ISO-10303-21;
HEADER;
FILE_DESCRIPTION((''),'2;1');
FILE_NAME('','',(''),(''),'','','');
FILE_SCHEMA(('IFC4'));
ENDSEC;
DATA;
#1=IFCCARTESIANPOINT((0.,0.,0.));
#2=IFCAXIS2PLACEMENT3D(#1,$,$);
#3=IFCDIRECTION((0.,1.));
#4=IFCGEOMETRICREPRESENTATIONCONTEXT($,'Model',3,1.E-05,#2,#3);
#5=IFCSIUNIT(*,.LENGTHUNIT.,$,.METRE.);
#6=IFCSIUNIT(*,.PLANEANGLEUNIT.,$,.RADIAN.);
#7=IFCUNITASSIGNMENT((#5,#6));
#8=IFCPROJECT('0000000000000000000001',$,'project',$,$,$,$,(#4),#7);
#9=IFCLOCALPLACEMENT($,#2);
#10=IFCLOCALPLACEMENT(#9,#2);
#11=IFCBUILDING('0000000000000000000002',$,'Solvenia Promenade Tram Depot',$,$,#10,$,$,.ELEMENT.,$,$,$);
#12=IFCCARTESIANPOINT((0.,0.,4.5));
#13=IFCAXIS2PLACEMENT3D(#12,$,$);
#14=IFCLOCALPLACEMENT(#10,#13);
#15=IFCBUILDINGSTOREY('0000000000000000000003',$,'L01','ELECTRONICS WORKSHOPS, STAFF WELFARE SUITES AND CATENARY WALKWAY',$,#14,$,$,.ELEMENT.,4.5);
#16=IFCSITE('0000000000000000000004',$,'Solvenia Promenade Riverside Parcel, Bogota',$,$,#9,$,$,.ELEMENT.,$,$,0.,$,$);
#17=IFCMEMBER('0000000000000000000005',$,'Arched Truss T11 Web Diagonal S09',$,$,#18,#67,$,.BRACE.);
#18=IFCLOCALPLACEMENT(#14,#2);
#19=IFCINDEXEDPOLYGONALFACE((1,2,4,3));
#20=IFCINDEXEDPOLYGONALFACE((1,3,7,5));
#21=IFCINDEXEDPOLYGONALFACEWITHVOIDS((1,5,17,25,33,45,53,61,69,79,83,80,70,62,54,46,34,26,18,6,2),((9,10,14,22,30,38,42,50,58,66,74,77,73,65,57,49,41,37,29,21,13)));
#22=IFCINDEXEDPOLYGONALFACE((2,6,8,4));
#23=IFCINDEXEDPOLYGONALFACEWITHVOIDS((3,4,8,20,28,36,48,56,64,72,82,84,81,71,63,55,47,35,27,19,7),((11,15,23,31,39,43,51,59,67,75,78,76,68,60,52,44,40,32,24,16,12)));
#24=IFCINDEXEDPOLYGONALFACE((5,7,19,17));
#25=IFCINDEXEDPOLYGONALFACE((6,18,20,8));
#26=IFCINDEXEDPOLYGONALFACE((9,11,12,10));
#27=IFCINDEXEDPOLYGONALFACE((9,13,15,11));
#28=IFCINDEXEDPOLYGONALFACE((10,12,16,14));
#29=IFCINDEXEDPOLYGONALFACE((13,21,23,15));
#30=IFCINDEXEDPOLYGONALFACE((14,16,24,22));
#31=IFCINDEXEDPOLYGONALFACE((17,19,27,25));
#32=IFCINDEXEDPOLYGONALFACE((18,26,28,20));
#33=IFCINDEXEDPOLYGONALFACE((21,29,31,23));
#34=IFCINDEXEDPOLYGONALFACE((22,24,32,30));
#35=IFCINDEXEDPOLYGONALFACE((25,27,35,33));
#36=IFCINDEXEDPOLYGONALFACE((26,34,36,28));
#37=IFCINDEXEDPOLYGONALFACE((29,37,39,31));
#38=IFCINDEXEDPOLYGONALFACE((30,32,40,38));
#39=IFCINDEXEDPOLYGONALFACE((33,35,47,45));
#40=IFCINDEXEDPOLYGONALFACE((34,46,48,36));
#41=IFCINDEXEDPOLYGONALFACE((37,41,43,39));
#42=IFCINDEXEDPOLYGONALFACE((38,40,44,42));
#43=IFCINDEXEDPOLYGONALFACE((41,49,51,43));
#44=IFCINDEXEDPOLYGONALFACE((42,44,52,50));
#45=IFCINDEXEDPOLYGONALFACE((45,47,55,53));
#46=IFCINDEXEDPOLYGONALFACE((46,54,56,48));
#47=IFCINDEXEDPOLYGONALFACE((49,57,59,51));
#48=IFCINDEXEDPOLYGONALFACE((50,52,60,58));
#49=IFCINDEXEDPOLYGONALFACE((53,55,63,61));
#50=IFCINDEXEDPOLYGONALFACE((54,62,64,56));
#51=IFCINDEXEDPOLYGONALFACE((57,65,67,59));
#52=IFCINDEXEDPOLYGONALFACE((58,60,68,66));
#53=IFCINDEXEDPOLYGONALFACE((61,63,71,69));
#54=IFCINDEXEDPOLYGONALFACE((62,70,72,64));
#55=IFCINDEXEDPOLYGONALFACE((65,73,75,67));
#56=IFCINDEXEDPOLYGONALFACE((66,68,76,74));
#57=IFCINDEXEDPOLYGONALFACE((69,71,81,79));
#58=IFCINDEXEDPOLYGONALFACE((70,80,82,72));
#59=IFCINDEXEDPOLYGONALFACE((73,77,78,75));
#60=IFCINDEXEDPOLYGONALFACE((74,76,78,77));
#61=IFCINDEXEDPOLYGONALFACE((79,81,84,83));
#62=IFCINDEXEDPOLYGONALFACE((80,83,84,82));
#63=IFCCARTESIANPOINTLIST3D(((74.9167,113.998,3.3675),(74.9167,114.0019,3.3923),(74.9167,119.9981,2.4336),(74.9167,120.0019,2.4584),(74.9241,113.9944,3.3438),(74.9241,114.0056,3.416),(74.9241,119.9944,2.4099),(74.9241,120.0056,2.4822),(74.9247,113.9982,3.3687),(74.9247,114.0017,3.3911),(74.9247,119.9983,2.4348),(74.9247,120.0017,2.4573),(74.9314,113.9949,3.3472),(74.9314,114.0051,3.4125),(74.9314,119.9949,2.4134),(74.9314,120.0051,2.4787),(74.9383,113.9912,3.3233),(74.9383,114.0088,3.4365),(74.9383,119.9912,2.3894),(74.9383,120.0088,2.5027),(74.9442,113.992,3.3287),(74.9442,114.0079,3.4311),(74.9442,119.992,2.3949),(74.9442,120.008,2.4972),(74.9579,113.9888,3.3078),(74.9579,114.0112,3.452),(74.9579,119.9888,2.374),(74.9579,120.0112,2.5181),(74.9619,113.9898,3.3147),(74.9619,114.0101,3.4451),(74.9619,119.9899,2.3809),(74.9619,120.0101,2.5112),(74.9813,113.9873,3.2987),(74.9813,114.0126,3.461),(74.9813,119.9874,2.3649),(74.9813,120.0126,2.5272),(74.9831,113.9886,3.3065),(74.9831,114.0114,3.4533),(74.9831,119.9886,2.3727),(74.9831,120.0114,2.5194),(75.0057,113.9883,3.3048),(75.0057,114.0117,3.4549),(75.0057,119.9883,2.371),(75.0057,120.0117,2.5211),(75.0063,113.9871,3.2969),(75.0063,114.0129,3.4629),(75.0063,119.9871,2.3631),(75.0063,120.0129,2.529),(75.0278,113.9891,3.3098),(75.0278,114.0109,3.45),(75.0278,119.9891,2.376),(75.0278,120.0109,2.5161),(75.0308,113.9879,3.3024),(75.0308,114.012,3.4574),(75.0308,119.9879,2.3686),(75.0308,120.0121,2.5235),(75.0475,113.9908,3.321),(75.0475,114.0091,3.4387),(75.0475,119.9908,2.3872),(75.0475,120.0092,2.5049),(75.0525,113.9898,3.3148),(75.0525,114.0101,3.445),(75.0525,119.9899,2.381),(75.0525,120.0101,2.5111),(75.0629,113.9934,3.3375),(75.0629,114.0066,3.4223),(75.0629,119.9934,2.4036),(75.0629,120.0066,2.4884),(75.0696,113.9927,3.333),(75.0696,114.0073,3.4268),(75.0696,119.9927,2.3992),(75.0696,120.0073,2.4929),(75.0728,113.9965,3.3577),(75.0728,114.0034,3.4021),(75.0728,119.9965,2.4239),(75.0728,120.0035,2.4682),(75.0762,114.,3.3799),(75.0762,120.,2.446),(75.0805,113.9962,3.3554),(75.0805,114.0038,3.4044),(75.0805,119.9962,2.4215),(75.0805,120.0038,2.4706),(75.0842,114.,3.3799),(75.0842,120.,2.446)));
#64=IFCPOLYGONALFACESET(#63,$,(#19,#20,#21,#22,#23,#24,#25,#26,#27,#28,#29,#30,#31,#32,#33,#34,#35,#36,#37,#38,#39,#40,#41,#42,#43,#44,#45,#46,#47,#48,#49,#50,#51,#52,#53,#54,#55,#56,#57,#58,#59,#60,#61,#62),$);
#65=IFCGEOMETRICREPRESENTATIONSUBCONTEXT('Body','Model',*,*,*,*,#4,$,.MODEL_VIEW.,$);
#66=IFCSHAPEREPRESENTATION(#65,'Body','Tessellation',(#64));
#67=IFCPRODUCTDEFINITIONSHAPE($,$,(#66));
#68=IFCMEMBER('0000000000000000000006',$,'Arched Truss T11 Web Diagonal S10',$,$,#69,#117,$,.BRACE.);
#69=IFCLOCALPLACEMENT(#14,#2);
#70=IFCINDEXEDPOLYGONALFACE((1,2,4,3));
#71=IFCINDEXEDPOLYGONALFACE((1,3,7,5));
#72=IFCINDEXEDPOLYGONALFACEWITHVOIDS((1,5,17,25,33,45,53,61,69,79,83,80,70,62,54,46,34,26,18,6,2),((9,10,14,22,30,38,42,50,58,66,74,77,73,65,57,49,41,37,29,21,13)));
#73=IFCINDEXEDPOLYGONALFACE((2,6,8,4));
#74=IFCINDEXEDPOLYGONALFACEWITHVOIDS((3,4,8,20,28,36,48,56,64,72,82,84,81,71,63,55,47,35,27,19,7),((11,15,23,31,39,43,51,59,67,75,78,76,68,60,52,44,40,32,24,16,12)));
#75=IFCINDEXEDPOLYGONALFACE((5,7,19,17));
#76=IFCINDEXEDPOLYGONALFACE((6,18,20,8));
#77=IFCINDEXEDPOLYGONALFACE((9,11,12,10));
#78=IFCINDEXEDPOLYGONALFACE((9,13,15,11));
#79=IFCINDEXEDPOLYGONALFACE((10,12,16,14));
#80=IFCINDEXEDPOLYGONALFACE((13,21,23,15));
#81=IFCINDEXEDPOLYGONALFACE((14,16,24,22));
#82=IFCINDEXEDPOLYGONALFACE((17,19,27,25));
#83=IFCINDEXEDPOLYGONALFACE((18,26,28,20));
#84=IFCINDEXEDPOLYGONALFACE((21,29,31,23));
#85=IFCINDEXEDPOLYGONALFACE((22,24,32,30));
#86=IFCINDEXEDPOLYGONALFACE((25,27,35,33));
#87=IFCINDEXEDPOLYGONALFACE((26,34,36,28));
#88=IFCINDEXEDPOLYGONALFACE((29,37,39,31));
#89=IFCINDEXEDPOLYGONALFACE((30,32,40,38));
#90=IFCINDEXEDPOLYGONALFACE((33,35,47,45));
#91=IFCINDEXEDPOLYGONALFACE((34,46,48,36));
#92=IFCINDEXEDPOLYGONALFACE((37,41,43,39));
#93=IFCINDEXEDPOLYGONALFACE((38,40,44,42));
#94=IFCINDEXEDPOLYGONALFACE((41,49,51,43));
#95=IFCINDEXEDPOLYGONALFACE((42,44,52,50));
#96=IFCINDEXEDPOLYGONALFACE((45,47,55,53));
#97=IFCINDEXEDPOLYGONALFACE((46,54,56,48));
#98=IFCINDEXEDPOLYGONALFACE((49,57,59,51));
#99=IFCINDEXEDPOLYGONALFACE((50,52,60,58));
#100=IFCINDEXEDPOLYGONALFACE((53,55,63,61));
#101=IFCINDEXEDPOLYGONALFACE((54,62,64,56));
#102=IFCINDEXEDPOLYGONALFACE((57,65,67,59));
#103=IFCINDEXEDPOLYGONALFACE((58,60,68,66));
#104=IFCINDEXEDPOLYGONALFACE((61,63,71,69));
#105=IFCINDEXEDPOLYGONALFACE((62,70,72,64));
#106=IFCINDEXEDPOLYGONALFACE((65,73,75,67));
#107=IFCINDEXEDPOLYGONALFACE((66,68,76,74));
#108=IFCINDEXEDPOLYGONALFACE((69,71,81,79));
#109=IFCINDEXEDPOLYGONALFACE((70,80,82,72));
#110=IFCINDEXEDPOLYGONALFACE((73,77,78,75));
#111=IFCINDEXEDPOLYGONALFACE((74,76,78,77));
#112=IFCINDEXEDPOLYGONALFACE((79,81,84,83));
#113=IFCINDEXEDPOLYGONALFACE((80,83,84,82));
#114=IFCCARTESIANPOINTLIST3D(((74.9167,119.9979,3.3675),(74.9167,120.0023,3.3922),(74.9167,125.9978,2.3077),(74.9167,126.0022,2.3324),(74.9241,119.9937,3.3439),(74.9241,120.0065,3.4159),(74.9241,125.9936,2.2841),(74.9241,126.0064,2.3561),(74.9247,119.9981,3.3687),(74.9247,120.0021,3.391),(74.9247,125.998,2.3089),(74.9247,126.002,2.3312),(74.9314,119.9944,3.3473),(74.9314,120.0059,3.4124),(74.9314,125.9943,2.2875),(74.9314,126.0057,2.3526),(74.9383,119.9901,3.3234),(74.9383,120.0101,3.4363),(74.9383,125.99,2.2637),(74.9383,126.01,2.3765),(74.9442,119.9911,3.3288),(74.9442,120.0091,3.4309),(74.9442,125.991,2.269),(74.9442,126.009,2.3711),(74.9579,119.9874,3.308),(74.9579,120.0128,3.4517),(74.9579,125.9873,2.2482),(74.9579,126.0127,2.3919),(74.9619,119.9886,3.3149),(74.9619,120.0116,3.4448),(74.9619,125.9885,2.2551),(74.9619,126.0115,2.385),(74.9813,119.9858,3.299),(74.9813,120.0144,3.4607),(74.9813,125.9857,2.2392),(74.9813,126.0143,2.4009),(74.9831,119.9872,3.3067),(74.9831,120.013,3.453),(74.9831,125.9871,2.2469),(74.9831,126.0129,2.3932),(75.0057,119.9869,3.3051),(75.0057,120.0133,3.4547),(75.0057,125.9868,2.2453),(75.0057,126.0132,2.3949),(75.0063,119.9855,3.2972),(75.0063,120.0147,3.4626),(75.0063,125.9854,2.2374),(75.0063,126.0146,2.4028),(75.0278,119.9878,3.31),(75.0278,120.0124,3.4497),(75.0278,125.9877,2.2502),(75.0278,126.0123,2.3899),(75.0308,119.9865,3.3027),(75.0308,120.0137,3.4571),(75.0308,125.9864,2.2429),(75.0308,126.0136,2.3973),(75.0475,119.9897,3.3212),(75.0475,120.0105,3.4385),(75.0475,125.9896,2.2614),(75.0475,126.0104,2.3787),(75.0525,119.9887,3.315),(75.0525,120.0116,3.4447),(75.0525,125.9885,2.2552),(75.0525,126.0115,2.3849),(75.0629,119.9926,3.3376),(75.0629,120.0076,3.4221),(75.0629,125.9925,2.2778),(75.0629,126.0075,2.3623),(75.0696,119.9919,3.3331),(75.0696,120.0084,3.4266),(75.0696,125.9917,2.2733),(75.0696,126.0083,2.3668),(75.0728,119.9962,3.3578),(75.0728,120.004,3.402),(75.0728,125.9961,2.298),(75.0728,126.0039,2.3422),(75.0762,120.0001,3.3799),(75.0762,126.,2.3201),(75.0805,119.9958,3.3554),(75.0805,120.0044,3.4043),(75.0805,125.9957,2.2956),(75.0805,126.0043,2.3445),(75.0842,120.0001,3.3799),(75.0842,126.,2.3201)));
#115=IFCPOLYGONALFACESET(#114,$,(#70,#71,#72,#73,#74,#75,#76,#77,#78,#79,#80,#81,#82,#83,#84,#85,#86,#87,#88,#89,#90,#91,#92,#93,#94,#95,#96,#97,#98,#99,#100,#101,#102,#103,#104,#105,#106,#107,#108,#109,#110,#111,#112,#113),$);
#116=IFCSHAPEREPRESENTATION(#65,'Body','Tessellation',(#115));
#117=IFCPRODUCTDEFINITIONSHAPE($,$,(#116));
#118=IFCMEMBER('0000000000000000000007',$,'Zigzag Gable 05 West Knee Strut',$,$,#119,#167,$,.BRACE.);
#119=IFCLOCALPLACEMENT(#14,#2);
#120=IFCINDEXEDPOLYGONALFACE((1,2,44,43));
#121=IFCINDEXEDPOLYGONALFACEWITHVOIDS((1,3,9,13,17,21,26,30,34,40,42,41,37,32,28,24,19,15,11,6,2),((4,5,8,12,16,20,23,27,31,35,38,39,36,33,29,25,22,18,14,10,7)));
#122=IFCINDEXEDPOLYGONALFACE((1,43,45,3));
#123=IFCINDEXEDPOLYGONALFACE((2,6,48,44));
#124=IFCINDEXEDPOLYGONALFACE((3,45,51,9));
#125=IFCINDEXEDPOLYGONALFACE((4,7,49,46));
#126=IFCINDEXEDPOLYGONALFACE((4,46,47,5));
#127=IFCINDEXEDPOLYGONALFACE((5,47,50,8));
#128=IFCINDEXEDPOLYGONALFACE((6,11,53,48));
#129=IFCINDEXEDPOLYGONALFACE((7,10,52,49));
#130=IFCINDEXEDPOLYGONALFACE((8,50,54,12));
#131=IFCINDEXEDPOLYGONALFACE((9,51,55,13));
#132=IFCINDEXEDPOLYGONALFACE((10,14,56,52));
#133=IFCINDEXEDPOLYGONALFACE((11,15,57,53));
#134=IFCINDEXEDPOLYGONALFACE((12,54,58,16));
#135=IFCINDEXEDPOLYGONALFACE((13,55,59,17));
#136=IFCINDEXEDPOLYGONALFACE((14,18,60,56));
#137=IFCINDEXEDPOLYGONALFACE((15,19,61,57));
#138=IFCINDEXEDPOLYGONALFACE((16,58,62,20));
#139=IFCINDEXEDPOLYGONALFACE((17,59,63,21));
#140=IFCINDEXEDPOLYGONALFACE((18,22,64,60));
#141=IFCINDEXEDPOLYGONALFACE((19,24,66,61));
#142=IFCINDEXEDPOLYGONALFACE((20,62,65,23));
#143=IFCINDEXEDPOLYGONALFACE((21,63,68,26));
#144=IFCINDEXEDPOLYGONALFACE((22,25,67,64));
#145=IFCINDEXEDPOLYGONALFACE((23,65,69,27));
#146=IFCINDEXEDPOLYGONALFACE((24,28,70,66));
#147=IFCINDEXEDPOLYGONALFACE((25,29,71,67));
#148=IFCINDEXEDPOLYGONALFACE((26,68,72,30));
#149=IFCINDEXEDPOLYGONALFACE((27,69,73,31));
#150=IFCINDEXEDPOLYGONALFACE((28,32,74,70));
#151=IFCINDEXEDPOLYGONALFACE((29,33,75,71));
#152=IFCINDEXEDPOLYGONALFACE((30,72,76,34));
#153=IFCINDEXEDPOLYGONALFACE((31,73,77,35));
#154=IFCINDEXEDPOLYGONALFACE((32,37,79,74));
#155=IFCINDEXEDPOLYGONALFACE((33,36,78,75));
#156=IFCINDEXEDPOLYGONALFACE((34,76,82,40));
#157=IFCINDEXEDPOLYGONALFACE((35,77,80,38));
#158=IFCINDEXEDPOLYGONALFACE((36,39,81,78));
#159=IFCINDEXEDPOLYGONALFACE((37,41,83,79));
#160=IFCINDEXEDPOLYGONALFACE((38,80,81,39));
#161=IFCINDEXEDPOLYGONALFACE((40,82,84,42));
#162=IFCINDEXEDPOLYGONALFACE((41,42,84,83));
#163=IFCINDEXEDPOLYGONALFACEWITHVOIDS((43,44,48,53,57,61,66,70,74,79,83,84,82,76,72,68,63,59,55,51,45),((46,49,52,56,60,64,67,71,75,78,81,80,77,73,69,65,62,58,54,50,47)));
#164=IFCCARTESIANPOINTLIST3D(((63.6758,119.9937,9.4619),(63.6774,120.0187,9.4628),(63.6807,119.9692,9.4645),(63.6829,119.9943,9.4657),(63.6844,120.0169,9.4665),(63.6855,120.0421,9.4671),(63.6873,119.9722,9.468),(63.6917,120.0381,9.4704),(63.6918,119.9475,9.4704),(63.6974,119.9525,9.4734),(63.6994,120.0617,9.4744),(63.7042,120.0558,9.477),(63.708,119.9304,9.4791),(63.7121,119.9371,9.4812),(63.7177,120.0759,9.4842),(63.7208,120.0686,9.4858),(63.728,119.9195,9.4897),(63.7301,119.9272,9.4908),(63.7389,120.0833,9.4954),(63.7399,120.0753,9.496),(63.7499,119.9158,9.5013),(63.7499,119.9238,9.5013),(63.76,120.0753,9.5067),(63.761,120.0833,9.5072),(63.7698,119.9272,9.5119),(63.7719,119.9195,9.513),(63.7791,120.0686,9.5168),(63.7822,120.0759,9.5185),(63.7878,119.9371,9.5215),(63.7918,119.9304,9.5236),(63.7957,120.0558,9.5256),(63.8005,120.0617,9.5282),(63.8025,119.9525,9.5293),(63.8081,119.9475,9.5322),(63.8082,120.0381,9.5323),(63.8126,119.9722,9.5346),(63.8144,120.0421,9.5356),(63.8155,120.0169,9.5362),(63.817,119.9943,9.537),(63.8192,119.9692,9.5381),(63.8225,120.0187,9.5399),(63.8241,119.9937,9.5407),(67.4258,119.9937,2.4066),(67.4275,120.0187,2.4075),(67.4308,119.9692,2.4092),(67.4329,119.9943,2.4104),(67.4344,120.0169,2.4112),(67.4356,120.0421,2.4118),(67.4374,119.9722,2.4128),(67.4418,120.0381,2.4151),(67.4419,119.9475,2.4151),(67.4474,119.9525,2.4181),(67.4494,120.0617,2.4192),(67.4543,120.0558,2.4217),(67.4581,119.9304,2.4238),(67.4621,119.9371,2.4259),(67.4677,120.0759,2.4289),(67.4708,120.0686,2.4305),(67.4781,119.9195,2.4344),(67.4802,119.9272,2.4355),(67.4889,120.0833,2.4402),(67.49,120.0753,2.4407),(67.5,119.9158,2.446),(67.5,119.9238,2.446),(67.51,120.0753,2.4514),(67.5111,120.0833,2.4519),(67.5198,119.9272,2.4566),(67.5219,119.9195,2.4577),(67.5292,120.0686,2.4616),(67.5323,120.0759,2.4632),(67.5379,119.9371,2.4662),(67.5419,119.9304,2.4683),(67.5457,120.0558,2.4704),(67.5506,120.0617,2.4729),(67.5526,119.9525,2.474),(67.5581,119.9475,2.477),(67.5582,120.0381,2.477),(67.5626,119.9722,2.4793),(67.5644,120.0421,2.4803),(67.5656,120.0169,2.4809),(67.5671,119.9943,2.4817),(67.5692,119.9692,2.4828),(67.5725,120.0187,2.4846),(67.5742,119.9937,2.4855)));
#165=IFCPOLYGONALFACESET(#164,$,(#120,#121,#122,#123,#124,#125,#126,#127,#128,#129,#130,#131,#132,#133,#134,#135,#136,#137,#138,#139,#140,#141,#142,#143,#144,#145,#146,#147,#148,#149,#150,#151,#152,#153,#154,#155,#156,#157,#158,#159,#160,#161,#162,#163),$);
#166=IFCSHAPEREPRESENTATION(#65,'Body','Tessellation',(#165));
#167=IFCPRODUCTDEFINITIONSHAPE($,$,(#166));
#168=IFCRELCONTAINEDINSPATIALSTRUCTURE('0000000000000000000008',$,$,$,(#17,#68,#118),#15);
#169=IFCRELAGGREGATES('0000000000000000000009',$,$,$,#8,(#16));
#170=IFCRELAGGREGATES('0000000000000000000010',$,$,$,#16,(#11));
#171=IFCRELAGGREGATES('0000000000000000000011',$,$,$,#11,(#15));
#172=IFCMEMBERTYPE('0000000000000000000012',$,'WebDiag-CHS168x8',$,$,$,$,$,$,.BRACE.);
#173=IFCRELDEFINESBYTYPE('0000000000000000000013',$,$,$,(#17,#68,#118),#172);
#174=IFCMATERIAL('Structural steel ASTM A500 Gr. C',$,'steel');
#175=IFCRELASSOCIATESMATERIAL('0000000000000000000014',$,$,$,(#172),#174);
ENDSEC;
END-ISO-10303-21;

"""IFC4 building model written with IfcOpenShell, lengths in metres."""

from ifc_helpers import new_model, si_unit, direction, frame, origin, origin_2d, place, context, subcontext, project, spatial, hollow_circle, extrude, material, material_profile, profile_set, type_object, element, save


model = new_model("IFC4")

# Units and contexts
model_context = context("Model", 3, precision=1e-05, world=origin(), true_north=direction((0.0, 1.0)))
body_context = subcontext(model_context, "Body", "Model", "MODEL_VIEW")
ifc_project = project(units=[si_unit("LENGTHUNIT", "METRE"), si_unit("PLANEANGLEUNIT", "RADIAN")], contexts=[model_context])

# Site, building, storey
site_placement = place(None, origin())
site = spatial("IfcSite", under=ifc_project, at=site_placement, Name="Solvenia Promenade Riverside Parcel, Bogota", CompositionType="ELEMENT", RefElevation=0.0)
building_placement = place(site_placement, origin())
building = spatial("IfcBuilding", under=site, at=building_placement, Name="Solvenia Promenade Tram Depot", CompositionType="ELEMENT")
storey_placement = place(building_placement, frame((0.0, 0.0, 4.5)))
storey = spatial("IfcBuildingStorey", under=building, at=storey_placement, Name="L01", Description="ELECTRONICS WORKSHOPS, STAFF WELFARE SUITES AND CATENARY WALKWAY", CompositionType="ELEMENT", Elevation=4.5)

# Shared definitions
ifc_material_1 = material(Name="Structural steel ASTM A500 Gr. C", Category="steel")

# Members
ifc_material_profile_1 = material_profile(ifc_material_1, hollow_circle(Radius=0.0842, WallThickness=0.0081, at=origin_2d()), Name="CHS168.3x8", Category="steel")
ifc_profile_set_1 = profile_set([ifc_material_profile_1], Name="Structural steel ASTM A500 Gr. C")
member_type_1 = type_object("IfcMemberType", Name="WebDiag-CHS168x8", PredefinedType="BRACE", material=ifc_profile_set_1)
member_1_placement = place(storey_placement, frame((75.0, 120.0, 2.446), z_axis=(0.0, -0.988104, 0.153788), x_axis=(1.0, 0.0, 0.0)))
element("IfcMember", 1, at=member_1_placement, inside=storey, type_object=member_type_1, Name="Arched Truss T11 Web Diagonal S09", PredefinedType="BRACE", context=body_context, shape_type="SweptSolid", body=[
    extrude(hollow_circle(Radius=0.0842, WallThickness=0.0081, at=origin_2d()), origin(), (0.0, 0.0, 1.0), 6.0723),
])
member_2_placement = place(storey_placement, frame((75.0, 126.0, 2.3201), z_axis=(0.0, -0.984756, 0.173943), x_axis=(1.0, 0.0, 0.0)))
element("IfcMember", 2, at=member_2_placement, inside=storey, type_object=member_type_1, Name="Arched Truss T11 Web Diagonal S10", PredefinedType="BRACE", context=body_context, shape_type="SweptSolid", body=[
    extrude(hollow_circle(Radius=0.0842, WallThickness=0.0081, at=origin_2d()), origin(), (0.0, 0.0, 1.0), 6.0928),
])
for number, where, z_axis, x_axis, name in (
    (3, (67.5, 120.0, 2.446), (-0.469344, 0.0, 0.883015), (0.0, -1.0, 0.0), "Zigzag Gable 05 West Knee Strut"),
):
    element("IfcMember", number, at=place(storey_placement, frame(where, z_axis=z_axis, x_axis=x_axis)), inside=storey, type_object=member_type_1, Name=name, PredefinedType="BRACE", context=body_context, shape_type="SweptSolid", body=[
        extrude(hollow_circle(Radius=0.0842, WallThickness=0.0081, at=origin_2d()), origin(), (0.0, 0.0, 1.0), 7.99),
    ])

save(model, "model.ifc")
